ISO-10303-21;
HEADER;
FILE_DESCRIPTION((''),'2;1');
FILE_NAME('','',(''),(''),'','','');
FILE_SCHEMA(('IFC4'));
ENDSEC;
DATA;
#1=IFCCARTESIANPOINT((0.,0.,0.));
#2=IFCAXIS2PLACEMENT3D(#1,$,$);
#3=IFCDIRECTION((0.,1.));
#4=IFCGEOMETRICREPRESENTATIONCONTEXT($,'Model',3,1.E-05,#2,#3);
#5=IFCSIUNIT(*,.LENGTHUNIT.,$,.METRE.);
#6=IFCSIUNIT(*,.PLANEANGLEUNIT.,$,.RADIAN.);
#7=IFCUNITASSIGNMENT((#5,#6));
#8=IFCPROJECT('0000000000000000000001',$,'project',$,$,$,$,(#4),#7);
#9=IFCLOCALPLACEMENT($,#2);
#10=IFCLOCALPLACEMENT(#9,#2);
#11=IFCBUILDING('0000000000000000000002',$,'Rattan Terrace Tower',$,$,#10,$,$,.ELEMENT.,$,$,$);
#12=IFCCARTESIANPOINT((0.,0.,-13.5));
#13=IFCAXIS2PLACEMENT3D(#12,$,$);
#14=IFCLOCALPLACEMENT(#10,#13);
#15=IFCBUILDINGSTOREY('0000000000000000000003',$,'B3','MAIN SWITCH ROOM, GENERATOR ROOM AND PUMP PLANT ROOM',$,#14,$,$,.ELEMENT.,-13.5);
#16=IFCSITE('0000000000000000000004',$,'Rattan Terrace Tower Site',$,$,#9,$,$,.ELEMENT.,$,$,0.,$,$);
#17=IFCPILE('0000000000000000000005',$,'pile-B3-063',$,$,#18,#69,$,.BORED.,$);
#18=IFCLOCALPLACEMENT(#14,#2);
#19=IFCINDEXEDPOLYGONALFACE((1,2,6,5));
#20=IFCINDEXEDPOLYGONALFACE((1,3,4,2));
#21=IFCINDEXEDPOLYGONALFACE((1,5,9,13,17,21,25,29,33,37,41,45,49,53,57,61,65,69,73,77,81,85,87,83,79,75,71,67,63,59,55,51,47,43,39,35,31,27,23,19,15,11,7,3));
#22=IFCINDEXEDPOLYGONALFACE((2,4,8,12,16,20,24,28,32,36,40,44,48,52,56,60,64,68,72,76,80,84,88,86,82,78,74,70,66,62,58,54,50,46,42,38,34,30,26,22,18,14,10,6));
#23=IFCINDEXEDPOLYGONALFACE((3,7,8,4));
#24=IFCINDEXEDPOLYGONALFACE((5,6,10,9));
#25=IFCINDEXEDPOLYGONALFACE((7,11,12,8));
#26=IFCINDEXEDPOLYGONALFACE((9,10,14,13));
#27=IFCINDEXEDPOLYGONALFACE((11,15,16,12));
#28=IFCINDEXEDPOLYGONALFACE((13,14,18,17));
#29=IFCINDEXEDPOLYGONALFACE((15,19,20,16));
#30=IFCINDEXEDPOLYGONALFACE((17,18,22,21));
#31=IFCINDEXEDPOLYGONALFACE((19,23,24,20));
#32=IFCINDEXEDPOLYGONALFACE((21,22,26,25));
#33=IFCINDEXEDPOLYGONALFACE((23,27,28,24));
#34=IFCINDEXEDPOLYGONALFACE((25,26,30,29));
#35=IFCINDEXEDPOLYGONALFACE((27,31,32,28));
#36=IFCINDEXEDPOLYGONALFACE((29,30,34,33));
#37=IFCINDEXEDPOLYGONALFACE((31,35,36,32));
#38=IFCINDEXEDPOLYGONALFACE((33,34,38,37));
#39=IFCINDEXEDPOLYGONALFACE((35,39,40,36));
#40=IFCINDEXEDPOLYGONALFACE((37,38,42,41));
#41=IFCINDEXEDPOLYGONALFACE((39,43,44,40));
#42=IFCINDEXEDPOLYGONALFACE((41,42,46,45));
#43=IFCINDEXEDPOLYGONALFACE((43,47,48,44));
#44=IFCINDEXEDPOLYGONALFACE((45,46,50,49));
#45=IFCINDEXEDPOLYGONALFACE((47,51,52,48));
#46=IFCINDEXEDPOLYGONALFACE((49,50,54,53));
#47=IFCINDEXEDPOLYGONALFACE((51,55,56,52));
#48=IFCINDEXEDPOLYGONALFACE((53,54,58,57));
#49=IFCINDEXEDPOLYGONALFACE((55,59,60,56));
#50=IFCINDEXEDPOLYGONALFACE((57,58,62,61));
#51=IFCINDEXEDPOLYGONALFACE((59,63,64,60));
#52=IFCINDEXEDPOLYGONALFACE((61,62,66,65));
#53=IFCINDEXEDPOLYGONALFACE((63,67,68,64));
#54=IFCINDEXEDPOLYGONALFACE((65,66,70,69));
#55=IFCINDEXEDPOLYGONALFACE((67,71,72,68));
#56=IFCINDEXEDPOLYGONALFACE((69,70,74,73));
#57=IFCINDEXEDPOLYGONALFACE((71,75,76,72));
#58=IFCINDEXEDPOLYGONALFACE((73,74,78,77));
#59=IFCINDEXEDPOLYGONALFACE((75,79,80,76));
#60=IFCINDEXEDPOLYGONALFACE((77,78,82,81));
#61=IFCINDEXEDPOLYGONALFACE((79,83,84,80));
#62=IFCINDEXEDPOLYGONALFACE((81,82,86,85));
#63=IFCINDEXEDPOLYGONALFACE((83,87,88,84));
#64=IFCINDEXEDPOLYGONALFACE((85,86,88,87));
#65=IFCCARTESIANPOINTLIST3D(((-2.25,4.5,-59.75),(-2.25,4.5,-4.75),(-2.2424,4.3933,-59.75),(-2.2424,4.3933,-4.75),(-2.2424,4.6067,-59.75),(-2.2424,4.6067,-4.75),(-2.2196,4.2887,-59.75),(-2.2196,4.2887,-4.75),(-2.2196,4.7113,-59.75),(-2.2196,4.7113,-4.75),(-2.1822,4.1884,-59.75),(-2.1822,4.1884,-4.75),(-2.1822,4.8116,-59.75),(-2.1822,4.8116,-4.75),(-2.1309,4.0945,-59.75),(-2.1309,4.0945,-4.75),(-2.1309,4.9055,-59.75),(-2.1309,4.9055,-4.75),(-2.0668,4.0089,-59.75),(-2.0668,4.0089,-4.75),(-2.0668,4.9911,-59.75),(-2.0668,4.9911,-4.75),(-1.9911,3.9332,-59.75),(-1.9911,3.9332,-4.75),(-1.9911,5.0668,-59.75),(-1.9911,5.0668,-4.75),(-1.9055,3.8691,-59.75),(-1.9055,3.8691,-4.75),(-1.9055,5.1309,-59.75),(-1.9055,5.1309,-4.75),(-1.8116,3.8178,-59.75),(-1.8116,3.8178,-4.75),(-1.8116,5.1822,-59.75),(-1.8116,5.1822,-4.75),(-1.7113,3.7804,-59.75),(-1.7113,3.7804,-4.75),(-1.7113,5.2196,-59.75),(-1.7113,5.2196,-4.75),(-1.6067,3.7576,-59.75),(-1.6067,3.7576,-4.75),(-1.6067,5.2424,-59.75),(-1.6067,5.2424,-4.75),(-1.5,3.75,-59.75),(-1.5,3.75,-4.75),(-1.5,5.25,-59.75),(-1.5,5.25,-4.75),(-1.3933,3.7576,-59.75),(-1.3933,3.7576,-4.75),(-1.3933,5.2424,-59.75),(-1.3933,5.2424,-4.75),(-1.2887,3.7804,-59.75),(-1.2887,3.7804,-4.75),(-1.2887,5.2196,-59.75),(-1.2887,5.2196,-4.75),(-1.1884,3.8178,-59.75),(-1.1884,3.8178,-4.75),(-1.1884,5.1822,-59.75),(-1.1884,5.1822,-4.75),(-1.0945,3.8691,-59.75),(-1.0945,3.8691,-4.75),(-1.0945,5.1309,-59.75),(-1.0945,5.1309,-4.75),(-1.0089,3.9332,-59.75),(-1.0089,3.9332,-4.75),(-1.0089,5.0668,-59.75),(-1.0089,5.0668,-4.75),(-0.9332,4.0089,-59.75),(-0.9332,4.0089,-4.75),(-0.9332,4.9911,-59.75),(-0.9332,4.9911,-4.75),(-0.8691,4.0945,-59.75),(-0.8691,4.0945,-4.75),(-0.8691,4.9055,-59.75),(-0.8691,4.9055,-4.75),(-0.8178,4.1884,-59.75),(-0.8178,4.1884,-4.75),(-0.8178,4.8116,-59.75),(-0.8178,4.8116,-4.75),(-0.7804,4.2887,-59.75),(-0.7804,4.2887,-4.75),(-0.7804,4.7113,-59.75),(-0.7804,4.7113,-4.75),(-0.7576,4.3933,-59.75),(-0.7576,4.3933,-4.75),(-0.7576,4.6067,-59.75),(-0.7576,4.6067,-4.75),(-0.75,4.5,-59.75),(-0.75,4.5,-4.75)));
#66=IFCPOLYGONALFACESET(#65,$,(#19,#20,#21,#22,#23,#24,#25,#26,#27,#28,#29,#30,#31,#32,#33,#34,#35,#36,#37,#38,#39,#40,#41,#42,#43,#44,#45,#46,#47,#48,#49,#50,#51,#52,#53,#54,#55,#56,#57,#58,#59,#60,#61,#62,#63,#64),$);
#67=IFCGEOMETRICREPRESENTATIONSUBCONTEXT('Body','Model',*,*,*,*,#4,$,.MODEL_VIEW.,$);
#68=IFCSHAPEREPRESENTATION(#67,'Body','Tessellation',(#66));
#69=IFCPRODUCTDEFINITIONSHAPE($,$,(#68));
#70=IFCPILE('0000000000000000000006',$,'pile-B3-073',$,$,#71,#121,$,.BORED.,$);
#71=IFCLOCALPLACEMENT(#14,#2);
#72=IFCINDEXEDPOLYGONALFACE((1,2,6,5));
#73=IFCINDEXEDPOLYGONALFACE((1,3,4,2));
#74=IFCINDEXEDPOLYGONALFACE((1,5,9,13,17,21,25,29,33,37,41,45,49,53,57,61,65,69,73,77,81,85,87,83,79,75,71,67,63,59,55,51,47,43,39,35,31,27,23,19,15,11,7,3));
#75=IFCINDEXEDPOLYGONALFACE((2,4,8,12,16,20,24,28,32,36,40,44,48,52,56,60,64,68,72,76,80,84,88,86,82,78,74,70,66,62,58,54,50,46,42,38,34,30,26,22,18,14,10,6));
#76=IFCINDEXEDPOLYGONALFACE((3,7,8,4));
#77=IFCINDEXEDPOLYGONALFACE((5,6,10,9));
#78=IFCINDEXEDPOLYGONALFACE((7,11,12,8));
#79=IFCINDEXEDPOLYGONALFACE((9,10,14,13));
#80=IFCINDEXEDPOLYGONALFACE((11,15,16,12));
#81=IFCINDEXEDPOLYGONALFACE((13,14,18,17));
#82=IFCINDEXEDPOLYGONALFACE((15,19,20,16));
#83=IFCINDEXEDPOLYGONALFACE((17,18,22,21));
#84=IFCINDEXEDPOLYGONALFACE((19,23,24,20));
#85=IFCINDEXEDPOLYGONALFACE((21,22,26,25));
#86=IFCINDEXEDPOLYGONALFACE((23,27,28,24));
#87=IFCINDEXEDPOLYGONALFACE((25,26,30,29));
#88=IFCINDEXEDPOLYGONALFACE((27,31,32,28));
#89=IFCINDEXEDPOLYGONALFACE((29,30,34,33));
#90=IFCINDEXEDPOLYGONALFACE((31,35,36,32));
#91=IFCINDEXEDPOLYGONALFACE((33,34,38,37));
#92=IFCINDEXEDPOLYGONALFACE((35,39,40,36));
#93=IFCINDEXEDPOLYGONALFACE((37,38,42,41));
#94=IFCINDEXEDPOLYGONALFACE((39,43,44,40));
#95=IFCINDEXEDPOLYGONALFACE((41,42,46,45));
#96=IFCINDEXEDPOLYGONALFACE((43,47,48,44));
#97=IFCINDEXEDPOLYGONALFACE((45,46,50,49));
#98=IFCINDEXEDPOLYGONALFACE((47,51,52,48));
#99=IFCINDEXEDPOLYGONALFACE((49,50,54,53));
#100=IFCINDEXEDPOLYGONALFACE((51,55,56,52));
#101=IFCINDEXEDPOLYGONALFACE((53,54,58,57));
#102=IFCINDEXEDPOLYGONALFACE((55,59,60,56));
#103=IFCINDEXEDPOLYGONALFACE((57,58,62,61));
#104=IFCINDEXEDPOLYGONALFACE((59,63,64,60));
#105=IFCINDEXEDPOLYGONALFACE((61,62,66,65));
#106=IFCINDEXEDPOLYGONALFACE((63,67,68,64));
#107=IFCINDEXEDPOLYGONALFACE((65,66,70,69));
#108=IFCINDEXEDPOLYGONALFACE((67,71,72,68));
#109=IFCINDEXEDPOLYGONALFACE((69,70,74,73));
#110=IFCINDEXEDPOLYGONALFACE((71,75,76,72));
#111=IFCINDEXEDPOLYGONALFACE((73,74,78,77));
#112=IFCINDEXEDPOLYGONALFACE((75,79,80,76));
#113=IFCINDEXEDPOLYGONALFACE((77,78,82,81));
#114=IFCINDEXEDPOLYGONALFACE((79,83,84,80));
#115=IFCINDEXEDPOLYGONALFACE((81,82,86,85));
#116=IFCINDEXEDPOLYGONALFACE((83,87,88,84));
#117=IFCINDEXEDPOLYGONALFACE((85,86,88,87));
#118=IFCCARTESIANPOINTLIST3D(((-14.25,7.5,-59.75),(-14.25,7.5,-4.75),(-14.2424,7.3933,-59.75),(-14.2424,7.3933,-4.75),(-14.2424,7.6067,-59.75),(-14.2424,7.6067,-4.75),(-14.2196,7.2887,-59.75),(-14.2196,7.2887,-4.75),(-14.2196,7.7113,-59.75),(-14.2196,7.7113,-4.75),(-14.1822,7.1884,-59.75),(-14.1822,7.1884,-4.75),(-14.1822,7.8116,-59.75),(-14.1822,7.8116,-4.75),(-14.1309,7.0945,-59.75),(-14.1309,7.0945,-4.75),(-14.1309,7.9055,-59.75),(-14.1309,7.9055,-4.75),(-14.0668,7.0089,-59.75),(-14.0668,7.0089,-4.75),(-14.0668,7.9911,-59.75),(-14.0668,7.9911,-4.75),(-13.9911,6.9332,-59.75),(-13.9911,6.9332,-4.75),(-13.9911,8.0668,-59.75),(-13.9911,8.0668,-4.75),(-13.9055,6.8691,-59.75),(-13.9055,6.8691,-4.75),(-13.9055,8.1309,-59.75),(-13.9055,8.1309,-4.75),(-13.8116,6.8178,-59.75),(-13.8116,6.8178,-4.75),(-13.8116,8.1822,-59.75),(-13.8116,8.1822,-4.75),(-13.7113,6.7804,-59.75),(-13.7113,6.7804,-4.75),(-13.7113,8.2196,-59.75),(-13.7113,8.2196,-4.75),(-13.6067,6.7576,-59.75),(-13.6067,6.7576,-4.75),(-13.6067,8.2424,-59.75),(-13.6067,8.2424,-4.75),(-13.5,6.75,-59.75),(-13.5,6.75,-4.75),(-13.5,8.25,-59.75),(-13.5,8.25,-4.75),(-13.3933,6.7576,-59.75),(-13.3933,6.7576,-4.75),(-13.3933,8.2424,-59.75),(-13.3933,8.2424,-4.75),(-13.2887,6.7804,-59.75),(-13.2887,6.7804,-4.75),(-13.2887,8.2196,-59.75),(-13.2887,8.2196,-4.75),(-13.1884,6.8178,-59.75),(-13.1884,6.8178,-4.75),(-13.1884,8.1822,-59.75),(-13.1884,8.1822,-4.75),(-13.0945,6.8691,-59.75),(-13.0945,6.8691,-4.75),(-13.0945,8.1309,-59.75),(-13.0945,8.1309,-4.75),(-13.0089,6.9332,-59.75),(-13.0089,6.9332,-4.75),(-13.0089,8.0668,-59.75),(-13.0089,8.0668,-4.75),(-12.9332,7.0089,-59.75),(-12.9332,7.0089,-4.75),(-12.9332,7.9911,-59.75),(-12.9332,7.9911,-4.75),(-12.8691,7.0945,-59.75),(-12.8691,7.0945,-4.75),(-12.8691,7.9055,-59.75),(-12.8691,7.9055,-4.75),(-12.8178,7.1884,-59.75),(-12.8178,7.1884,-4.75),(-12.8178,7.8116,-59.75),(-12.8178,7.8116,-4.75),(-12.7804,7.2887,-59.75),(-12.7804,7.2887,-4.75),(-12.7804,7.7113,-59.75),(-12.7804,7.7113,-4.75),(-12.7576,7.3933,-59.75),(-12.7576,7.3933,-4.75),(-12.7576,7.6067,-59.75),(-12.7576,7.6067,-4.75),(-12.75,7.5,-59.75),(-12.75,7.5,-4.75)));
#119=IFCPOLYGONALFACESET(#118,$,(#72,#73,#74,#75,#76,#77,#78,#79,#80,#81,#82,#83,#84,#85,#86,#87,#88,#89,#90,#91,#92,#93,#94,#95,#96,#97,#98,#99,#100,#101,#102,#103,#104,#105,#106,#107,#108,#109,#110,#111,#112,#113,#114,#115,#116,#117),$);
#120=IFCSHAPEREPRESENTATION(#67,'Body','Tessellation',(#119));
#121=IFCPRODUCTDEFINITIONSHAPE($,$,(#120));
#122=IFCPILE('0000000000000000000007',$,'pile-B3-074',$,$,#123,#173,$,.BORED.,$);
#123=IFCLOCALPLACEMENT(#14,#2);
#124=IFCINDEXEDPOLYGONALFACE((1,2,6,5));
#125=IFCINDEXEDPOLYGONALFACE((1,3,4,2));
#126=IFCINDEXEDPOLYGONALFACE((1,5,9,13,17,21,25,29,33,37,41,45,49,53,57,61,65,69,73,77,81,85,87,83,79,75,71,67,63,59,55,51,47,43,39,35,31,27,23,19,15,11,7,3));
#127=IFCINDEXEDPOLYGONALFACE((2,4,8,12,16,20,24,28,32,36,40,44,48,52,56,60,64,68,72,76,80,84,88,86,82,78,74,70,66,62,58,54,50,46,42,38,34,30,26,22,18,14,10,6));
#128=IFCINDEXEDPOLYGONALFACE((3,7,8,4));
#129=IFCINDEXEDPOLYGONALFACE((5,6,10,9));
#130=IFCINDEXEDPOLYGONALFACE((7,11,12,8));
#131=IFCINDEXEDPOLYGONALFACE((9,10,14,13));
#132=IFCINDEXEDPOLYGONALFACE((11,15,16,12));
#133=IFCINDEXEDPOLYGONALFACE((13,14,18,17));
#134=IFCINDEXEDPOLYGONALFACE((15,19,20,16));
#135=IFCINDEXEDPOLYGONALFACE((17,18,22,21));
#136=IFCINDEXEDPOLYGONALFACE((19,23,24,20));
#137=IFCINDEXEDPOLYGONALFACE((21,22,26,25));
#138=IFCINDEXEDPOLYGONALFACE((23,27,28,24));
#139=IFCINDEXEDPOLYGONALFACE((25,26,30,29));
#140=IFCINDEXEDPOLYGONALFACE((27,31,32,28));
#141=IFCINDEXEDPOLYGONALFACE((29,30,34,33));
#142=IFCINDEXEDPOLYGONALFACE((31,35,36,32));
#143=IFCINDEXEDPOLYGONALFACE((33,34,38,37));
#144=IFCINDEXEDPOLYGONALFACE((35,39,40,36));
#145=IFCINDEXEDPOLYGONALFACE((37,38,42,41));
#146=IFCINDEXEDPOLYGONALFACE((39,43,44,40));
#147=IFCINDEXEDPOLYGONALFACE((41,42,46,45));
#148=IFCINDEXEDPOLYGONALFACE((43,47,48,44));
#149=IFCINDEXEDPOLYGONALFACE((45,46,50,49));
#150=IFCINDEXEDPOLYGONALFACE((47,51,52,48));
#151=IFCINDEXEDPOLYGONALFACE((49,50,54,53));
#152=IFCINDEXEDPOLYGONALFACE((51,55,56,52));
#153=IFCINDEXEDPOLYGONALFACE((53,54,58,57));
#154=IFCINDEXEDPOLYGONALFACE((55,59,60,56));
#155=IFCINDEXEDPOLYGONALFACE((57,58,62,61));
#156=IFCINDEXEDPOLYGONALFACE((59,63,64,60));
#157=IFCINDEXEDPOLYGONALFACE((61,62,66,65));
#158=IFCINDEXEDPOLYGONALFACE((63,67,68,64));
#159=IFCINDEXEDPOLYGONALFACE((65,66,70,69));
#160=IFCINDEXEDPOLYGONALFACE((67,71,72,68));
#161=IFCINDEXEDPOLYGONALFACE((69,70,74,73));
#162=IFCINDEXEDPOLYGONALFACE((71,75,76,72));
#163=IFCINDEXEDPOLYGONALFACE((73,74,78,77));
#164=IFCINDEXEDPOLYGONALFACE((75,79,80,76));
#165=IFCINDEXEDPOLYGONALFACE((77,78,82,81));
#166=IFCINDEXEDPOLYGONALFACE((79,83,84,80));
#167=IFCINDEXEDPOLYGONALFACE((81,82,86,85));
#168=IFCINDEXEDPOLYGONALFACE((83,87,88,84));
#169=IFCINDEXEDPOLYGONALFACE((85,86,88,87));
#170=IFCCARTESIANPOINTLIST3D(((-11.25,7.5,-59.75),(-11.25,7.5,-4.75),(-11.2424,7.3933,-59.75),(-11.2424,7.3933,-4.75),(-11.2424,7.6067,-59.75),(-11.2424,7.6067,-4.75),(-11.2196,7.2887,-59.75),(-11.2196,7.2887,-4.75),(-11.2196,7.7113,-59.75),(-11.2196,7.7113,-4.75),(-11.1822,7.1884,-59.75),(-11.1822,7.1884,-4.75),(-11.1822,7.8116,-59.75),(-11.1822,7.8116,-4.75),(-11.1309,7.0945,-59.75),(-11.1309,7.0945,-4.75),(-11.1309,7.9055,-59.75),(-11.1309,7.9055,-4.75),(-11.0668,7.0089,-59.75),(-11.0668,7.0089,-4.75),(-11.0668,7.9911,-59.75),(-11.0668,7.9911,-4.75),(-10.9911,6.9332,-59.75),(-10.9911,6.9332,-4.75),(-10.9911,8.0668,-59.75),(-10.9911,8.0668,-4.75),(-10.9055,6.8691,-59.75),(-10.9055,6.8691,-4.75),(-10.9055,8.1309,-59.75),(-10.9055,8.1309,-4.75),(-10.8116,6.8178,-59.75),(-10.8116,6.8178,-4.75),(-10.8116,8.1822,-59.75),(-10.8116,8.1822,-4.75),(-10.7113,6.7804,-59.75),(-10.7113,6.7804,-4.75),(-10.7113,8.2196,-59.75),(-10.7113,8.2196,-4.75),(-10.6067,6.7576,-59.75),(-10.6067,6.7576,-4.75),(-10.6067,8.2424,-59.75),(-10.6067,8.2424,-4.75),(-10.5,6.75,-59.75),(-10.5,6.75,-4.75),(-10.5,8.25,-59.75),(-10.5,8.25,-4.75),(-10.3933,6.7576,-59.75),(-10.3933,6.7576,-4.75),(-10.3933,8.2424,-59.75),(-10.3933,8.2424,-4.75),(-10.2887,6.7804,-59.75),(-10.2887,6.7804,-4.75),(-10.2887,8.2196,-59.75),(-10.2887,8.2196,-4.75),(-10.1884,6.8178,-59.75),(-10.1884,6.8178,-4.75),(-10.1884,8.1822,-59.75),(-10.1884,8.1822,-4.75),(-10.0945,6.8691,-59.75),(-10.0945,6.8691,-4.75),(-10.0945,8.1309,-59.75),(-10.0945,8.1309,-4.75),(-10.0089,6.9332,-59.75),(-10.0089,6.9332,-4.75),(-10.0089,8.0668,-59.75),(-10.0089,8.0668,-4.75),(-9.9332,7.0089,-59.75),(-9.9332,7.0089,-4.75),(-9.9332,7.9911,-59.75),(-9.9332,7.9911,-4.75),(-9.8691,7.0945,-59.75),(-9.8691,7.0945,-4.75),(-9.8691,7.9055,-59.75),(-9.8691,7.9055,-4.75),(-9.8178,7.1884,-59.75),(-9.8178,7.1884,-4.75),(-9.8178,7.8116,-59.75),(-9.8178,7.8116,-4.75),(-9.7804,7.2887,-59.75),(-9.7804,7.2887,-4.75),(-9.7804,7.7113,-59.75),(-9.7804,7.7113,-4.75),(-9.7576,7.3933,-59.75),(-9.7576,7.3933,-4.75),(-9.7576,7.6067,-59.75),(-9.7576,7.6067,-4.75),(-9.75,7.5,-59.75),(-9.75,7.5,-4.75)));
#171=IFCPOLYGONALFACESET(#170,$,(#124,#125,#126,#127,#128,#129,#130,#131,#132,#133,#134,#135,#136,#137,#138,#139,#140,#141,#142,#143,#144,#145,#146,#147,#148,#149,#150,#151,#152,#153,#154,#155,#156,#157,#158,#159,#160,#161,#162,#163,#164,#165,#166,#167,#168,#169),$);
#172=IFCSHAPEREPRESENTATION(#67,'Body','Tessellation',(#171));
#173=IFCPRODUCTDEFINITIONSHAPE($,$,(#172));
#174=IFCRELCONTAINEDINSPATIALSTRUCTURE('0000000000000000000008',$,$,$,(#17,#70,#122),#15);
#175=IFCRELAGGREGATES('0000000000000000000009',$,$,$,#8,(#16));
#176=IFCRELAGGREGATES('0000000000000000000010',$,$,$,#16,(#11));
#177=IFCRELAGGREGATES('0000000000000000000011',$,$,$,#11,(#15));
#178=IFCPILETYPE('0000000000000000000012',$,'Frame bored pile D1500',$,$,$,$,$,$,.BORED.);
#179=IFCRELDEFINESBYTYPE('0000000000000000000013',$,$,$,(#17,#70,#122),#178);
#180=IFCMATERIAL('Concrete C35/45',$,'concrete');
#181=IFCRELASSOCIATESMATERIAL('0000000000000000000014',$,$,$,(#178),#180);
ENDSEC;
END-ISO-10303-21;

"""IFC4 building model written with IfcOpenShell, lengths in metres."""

from ifc_helpers import new_model, si_unit, direction, frame, origin, origin_2d, place, context, subcontext, project, spatial, circle, extrude, material, material_profile, profile_set, type_object, element, save


model = new_model("IFC4")

# Units and contexts
model_context = context("Model", 3, precision=1e-05, world=origin(), true_north=direction((0.0, 1.0)))
body_context = subcontext(model_context, "Body", "Model", "MODEL_VIEW")
ifc_project = project(units=[si_unit("LENGTHUNIT", "METRE"), si_unit("PLANEANGLEUNIT", "RADIAN")], contexts=[model_context])

# Site, building, storey
site_placement = place(None, origin())
site = spatial("IfcSite", under=ifc_project, at=site_placement, Name="Rattan Terrace Tower Site", CompositionType="ELEMENT", RefElevation=0.0)
building_placement = place(site_placement, origin())
building = spatial("IfcBuilding", under=site, at=building_placement, Name="Rattan Terrace Tower", CompositionType="ELEMENT")
storey_placement = place(building_placement, frame((0.0, 0.0, -13.5)))
storey = spatial("IfcBuildingStorey", under=building, at=storey_placement, Name="B3", Description="MAIN SWITCH ROOM, GENERATOR ROOM AND PUMP PLANT ROOM", CompositionType="ELEMENT", Elevation=-13.5)

# Piles
ifc_material_1 = material(Name="Concrete C35/45", Category="concrete")
ifc_material_profile_1 = material_profile(ifc_material_1, circle(Radius=0.75, at=origin_2d()), Name="PILE D1500")
ifc_profile_set_1 = profile_set([ifc_material_profile_1], Name="Concrete C35/45")
pile_type = type_object("IfcPileType", Name="Frame bored pile D1500", PredefinedType="BORED", material=ifc_profile_set_1)
for number, where, z_axis, x_axis, name in (
    (1, (-1.5, 4.5, -4.75), (0.0, 0.0, -1.0), (1.0, 0.0, 0.0), "pile-B3-063"),
    (2, (-13.5, 7.5, -4.75), (0.0, 0.0, -1.0), (1.0, 0.0, 0.0), "pile-B3-073"),
    (3, (-10.5, 7.5, -4.75), (0.0, 0.0, -1.0), (1.0, 0.0, 0.0), "pile-B3-074"),
):
    element("IfcPile", number, at=place(storey_placement, frame(where, z_axis=z_axis, x_axis=x_axis)), inside=storey, type_object=pile_type, Name=name, PredefinedType="BORED", context=body_context, shape_type="SweptSolid", body=[
        extrude(circle(Radius=0.75, at=origin_2d()), origin(), (0.0, 0.0, 1.0), 55.0),
    ])

save(model, "model.ifc")
